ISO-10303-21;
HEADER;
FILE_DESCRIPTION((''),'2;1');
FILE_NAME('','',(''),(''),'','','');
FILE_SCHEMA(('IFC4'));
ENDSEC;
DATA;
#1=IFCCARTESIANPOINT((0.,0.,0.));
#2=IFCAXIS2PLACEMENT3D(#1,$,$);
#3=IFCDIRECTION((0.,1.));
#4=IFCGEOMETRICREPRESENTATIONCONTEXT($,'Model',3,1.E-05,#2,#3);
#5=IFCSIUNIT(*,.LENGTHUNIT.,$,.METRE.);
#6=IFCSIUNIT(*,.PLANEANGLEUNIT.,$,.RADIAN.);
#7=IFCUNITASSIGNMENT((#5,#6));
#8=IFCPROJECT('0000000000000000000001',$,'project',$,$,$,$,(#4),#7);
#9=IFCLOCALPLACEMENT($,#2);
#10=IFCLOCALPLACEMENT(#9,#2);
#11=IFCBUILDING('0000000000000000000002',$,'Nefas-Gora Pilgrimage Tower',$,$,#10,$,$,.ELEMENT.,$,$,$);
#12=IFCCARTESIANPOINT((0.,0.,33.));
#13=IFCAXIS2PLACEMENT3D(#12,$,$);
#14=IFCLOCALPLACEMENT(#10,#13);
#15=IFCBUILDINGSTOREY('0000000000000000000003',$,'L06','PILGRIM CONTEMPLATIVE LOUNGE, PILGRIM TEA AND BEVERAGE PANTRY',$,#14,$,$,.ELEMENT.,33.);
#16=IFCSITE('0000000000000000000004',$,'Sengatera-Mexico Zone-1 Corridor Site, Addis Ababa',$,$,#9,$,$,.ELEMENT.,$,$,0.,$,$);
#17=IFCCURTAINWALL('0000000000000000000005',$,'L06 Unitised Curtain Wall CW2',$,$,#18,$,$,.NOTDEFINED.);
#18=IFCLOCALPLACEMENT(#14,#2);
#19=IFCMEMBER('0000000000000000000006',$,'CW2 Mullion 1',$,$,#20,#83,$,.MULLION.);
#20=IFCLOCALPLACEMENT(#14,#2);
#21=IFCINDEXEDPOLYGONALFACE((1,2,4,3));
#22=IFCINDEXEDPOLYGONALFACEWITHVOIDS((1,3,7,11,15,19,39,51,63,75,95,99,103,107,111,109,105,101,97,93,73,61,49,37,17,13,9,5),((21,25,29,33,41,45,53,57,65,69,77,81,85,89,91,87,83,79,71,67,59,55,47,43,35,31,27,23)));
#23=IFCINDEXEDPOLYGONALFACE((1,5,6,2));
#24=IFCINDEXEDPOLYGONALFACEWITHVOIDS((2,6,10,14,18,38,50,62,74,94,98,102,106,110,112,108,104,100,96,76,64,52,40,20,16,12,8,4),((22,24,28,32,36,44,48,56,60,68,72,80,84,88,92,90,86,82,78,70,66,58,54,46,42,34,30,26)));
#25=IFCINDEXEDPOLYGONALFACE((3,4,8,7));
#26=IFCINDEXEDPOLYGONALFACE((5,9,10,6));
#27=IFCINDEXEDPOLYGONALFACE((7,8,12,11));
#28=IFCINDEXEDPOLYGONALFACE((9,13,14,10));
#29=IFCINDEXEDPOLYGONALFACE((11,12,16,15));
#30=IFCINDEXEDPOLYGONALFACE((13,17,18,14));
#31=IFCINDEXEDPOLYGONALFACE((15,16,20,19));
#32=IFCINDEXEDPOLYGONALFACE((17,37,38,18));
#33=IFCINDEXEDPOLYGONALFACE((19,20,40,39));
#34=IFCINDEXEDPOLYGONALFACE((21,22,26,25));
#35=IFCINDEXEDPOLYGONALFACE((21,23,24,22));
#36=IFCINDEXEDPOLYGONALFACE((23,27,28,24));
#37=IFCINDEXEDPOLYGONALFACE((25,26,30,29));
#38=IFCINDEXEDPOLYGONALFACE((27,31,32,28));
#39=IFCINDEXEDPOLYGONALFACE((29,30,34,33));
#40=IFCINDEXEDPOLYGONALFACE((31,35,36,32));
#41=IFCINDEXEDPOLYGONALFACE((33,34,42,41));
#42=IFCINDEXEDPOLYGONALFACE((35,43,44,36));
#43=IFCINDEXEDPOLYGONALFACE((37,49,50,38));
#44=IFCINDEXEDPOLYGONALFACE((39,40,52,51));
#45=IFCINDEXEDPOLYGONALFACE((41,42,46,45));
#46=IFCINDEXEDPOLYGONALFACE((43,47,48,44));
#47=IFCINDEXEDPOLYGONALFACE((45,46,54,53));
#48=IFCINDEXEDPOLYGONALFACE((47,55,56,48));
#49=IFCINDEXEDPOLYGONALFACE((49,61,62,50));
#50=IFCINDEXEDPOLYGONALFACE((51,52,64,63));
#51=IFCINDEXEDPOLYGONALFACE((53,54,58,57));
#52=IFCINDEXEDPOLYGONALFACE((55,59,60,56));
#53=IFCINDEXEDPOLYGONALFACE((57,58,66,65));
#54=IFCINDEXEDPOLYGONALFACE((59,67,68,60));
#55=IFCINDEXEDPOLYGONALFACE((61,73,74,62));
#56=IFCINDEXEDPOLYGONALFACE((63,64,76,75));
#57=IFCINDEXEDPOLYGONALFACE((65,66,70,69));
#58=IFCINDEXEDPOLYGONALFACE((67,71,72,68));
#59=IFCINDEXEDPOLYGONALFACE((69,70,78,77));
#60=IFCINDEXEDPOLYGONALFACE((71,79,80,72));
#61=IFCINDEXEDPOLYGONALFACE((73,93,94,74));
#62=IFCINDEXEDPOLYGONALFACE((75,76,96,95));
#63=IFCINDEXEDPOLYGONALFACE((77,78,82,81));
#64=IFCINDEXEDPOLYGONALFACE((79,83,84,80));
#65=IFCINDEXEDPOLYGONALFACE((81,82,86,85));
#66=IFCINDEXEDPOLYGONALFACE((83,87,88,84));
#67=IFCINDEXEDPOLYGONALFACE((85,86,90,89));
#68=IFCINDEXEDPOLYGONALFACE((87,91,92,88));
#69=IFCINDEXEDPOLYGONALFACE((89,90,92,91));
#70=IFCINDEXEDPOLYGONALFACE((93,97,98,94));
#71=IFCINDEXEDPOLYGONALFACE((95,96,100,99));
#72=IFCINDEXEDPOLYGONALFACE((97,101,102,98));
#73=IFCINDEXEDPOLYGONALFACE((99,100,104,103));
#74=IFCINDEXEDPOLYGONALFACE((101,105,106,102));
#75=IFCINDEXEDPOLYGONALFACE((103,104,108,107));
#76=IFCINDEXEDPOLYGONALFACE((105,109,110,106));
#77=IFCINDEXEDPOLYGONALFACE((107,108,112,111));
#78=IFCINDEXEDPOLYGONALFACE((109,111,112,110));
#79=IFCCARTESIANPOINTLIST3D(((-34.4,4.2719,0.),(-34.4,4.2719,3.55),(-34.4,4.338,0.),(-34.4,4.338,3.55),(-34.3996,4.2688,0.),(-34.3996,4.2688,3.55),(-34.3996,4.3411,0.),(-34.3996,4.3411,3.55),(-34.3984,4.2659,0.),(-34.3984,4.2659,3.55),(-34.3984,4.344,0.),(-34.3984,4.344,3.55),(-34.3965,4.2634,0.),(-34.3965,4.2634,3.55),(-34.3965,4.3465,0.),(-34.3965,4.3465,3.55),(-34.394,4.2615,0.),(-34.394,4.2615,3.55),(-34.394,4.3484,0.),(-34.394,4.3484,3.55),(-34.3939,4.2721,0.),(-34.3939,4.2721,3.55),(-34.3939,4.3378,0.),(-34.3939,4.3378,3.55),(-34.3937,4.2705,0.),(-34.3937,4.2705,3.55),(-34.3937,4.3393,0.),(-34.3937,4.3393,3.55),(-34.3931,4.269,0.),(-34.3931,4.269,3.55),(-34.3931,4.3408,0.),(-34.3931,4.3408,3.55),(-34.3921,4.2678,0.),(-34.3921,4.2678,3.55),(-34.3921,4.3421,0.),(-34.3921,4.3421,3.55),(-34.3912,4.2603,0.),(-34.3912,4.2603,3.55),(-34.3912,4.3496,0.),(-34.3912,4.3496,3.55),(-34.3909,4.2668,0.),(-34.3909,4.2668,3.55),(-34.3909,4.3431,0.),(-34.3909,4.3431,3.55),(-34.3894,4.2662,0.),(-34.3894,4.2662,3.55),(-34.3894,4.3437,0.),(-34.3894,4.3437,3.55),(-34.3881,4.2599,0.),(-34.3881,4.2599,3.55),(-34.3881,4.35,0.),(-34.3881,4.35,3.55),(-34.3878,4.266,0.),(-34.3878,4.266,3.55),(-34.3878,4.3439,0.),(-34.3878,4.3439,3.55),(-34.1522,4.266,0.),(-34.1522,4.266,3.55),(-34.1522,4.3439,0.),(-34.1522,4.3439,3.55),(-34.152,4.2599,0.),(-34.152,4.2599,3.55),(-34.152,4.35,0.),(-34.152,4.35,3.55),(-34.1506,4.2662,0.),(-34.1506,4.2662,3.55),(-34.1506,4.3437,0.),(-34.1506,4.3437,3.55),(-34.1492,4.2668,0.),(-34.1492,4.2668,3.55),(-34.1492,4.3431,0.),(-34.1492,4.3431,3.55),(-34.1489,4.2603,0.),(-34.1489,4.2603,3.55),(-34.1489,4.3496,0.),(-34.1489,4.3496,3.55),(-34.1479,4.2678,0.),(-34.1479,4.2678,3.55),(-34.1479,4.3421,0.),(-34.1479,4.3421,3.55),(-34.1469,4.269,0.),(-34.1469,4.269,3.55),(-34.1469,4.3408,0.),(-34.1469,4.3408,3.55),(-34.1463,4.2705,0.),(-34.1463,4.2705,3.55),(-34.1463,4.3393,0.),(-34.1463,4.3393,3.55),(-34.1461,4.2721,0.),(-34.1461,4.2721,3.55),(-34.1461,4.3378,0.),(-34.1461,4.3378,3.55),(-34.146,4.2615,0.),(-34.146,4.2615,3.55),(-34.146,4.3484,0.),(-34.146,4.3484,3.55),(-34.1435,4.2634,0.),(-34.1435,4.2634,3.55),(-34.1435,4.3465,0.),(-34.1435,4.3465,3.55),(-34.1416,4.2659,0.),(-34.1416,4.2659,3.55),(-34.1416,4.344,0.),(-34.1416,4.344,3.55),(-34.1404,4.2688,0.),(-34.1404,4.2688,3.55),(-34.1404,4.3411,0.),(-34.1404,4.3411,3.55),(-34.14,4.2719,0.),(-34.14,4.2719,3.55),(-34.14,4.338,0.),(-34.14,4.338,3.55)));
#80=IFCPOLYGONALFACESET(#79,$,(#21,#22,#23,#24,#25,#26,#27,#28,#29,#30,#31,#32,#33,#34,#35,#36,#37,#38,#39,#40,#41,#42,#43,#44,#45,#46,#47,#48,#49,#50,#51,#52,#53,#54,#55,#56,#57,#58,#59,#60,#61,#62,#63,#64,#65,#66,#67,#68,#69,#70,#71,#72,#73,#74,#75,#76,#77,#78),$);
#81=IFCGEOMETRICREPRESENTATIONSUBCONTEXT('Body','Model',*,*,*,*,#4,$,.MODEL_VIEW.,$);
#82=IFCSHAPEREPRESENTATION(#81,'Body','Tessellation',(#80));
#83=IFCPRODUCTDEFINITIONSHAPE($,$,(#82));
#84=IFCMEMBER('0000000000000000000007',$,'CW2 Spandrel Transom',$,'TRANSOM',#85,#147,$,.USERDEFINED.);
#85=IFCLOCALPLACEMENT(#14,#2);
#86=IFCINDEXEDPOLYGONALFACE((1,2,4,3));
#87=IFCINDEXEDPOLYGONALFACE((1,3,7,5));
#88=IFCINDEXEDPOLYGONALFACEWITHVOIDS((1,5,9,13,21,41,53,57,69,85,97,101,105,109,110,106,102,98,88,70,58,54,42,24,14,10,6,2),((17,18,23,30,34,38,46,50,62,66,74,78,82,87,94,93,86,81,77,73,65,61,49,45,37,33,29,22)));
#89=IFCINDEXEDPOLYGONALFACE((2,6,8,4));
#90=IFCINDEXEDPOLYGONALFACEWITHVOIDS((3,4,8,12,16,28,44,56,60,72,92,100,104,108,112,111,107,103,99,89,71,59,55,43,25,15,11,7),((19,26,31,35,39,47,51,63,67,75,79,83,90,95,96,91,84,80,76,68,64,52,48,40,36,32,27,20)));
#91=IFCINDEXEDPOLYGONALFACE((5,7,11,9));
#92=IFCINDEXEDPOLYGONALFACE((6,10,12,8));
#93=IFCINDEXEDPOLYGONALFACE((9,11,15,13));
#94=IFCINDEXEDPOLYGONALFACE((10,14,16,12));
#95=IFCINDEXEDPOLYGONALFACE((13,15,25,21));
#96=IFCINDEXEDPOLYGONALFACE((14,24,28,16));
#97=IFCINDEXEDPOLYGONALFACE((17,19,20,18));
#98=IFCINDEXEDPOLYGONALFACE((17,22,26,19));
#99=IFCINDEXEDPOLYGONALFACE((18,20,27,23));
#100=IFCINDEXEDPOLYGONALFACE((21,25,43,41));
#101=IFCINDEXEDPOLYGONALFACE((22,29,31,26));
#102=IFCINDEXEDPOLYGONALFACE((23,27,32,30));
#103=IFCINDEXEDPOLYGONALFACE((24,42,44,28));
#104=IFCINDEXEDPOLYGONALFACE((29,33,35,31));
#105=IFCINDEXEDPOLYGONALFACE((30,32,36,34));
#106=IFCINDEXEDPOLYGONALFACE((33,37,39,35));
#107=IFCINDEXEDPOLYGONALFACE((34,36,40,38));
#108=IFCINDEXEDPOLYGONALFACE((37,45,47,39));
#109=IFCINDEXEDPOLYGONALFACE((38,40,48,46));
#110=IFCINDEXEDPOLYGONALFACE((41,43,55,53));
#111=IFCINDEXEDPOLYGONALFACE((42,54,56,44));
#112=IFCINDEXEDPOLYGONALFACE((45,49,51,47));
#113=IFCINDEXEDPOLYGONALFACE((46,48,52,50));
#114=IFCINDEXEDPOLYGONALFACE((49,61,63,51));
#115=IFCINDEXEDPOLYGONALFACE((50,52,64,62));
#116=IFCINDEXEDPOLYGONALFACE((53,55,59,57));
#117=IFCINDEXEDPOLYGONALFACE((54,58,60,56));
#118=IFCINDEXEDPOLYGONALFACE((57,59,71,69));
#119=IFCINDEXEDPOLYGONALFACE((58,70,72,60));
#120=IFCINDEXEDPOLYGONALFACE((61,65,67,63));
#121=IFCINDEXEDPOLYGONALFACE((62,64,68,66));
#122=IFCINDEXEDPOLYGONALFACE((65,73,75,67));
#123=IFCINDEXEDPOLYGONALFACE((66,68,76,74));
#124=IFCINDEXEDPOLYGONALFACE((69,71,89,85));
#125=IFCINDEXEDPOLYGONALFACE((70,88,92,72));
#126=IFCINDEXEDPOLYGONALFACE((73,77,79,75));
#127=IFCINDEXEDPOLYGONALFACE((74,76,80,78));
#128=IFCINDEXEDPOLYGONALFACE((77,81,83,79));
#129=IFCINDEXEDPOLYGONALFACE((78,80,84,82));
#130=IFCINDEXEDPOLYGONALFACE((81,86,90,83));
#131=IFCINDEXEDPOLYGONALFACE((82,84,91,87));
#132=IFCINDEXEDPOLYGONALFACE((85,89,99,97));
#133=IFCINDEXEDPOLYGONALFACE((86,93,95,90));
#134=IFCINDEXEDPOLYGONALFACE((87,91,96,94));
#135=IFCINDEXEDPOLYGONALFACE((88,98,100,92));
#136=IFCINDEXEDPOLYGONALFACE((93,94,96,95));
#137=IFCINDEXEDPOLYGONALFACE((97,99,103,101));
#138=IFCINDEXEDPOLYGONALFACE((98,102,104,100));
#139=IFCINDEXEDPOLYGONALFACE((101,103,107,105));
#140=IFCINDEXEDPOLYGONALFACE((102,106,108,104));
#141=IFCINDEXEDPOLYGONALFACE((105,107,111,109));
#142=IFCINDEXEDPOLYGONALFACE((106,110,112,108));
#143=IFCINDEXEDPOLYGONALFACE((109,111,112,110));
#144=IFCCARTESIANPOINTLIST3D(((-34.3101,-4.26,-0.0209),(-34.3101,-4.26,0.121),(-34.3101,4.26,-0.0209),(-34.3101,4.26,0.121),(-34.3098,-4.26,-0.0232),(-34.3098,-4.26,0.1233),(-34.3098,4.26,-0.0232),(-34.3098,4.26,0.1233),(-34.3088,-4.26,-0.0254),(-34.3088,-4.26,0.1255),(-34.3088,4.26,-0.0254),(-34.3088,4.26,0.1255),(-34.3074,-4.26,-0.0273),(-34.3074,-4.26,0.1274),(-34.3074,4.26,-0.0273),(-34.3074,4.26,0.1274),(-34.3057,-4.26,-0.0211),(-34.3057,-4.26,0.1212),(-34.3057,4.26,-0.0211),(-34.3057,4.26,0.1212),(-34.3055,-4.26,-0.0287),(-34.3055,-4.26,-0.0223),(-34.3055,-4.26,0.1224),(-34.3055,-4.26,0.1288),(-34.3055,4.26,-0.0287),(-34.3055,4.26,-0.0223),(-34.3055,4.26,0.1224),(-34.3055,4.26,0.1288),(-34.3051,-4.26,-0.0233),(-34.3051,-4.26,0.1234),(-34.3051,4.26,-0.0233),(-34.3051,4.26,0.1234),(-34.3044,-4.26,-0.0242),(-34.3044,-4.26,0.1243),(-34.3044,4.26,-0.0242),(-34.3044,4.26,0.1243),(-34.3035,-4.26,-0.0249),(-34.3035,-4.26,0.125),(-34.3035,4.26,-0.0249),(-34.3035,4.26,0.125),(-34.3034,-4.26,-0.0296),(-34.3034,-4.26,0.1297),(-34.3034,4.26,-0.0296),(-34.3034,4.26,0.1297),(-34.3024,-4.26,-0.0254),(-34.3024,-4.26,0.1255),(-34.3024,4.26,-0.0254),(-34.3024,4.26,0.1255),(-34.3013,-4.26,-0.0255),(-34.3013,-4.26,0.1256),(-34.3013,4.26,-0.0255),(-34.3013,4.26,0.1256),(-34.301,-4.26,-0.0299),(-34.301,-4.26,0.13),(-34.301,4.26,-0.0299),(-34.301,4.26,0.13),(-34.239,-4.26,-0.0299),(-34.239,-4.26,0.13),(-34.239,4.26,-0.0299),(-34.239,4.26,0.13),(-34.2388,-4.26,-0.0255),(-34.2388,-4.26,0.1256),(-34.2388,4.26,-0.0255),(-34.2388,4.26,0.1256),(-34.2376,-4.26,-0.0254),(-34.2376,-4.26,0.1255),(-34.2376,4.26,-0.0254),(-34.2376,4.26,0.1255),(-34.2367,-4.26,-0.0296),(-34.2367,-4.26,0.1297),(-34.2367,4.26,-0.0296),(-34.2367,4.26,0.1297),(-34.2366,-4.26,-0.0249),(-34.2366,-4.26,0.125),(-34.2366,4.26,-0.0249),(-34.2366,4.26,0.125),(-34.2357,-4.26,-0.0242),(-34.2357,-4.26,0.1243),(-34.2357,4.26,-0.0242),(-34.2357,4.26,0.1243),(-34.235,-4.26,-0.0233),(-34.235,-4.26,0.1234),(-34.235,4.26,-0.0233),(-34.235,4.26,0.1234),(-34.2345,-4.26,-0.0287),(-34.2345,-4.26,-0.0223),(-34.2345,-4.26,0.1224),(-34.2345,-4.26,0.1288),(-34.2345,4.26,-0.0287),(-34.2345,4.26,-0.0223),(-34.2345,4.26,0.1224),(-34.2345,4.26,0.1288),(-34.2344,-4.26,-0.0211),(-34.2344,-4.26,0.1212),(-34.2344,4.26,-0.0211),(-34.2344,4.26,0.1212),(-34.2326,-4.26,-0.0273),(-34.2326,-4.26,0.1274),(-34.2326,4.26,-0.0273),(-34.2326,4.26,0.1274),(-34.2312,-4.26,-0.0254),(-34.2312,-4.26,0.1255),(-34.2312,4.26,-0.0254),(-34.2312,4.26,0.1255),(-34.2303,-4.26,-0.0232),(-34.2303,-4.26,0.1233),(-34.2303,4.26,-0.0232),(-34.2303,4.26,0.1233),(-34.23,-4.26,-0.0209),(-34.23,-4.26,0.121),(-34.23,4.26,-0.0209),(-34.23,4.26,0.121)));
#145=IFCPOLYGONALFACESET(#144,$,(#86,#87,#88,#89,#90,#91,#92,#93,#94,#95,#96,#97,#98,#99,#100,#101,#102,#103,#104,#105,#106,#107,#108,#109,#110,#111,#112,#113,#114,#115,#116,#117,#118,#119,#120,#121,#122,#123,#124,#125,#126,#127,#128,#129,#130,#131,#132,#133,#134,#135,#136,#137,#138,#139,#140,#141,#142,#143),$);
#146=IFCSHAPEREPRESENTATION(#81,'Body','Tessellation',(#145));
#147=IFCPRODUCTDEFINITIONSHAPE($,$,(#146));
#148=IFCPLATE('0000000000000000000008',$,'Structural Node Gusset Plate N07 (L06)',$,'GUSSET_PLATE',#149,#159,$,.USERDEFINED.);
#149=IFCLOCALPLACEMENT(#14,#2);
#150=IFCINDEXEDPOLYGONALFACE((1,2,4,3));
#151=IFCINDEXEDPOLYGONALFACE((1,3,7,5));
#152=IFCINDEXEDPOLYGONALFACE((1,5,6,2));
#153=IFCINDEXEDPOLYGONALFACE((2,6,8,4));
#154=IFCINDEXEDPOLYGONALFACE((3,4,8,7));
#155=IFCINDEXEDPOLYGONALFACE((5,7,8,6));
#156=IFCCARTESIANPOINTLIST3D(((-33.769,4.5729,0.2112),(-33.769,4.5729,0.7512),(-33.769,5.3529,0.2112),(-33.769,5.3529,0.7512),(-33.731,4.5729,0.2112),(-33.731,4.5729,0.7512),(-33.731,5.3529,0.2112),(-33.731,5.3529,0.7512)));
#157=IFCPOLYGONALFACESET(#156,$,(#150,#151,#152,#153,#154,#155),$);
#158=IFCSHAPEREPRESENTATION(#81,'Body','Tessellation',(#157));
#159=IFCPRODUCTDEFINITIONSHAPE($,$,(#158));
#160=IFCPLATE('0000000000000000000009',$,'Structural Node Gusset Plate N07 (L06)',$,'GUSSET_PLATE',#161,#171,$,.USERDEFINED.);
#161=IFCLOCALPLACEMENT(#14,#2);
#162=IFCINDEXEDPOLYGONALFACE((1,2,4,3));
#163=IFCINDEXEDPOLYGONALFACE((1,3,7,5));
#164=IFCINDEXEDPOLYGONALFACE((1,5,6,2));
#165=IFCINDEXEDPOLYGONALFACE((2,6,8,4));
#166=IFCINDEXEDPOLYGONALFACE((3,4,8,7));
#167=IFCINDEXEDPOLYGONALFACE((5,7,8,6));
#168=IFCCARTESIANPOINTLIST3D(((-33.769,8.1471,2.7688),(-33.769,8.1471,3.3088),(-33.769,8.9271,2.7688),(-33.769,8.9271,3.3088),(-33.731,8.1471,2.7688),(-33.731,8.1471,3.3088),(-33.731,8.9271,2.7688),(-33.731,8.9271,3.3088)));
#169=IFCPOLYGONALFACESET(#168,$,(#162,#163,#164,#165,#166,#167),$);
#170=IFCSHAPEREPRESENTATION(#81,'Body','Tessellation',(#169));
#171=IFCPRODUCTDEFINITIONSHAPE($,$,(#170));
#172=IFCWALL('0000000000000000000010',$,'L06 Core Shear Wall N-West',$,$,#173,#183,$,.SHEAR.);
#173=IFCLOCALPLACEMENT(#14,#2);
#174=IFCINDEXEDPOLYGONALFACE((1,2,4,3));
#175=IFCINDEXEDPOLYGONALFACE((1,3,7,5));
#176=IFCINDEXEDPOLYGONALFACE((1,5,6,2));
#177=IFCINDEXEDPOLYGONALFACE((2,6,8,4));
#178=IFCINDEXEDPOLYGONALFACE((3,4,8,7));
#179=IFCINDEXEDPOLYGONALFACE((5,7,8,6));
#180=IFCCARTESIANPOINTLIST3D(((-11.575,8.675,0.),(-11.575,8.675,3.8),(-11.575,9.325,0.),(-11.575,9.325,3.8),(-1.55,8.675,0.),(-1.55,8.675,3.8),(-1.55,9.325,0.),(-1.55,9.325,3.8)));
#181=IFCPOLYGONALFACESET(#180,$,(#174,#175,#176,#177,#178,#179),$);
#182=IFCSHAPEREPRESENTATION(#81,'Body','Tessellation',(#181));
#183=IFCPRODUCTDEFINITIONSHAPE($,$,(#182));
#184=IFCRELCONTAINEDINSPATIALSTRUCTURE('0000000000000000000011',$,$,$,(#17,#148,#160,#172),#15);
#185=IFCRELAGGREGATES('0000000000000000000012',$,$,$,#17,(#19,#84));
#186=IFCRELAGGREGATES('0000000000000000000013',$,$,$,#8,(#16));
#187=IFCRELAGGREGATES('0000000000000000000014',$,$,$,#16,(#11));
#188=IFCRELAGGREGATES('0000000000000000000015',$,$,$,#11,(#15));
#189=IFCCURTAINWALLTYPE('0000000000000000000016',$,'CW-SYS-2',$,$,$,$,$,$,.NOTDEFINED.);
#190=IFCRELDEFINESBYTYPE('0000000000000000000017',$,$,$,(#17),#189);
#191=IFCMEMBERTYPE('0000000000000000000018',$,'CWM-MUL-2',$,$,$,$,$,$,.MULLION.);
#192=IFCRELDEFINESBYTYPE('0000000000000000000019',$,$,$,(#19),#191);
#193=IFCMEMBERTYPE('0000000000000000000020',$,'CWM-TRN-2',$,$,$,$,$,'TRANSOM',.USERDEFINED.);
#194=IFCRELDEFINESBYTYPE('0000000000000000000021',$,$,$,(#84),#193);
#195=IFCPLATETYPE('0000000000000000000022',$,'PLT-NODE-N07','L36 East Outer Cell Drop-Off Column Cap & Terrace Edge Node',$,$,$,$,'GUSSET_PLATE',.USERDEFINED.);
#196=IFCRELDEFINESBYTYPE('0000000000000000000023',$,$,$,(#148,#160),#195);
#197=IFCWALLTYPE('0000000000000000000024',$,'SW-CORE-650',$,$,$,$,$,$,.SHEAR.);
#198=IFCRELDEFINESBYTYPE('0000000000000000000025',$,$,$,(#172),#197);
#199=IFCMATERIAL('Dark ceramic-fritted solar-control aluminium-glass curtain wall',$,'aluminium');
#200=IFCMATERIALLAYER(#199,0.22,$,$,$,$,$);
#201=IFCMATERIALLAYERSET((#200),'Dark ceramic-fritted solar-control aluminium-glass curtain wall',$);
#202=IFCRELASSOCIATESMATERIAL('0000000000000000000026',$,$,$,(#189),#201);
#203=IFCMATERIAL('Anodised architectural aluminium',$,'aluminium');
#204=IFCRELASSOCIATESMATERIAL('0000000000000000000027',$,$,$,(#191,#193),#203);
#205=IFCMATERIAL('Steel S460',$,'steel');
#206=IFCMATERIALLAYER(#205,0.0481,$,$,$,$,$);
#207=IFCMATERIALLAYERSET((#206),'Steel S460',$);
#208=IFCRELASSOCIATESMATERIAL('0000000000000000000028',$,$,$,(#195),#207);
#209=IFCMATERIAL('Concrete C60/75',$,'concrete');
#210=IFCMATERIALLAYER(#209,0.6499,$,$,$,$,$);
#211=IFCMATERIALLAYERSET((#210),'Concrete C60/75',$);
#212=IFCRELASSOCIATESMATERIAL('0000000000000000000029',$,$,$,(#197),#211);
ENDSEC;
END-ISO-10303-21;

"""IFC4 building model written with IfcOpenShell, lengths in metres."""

from ifc_helpers import new_model, si_unit, direction, frame, frame_2d, origin, origin_2d, place, context, subcontext, project, spatial, rectangle, hollow_rectangle, extrude, source, transform, mapped, material, layer, layer_set, material_profile, profile_set, type_object, element, aggregate, save


model = new_model("IFC4")

# Units and contexts
model_context = context("Model", 3, precision=1e-05, world=origin(), true_north=direction((0.0, 1.0)))
body_context = subcontext(model_context, "Body", "Model", "MODEL_VIEW")
ifc_project = project(units=[si_unit("LENGTHUNIT", "METRE"), si_unit("PLANEANGLEUNIT", "RADIAN")], contexts=[model_context])

# Site, building, storey
site_placement = place(None, origin())
site = spatial("IfcSite", under=ifc_project, at=site_placement, Name="Sengatera-Mexico Zone-1 Corridor Site, Addis Ababa", CompositionType="ELEMENT", RefElevation=0.0)
building_placement = place(site_placement, origin())
building = spatial("IfcBuilding", under=site, at=building_placement, Name="Nefas-Gora Pilgrimage Tower", CompositionType="ELEMENT")
storey_placement = place(building_placement, frame((0.0, 0.0, 33.0)))
storey = spatial("IfcBuildingStorey", under=building, at=storey_placement, Name="L06", Description="PILGRIM CONTEMPLATIVE LOUNGE, PILGRIM TEA AND BEVERAGE PANTRY", CompositionType="ELEMENT", Elevation=33.0)

# Shared definitions
ifc_material_1 = material(Name="Steel S460", Category="steel")

# Curtain wall, members
ifc_material_2 = material(Name="Dark ceramic-fritted solar-control aluminium-glass curtain wall", Category="aluminium")
ifc_layer_1 = layer(ifc_material_2, 0.22)
ifc_layer_set_1 = layer_set([ifc_layer_1], Name="Dark ceramic-fritted solar-control aluminium-glass curtain wall")
curtain_wall_type = type_object("IfcCurtainWallType", Name="CW-SYS-2", PredefinedType="NOTDEFINED", material=ifc_layer_set_1)
curtain_wall_placement = place(storey_placement, origin())
curtain_wall = element("IfcCurtainWall", 1, at=curtain_wall_placement, inside=storey, type_object=curtain_wall_type, Name="L06 Unitised Curtain Wall CW2", PredefinedType="NOTDEFINED")
ifc_material_3 = material(Name="Anodised architectural aluminium", Category="aluminium")
ifc_material_profile_1 = material_profile(ifc_material_3, hollow_rectangle(XDim=0.0901, YDim=0.26, WallThickness=0.0061, InnerFilletRadius=0.0061, OuterFilletRadius=0.012, at=origin_2d()), Name="ALU MULLION 90x260")
ifc_profile_set_1 = profile_set([ifc_material_profile_1], Name="Anodised architectural aluminium")
member_type_1 = type_object("IfcMemberType", Name="CWM-MUL-2", PredefinedType="MULLION", material=ifc_profile_set_1)
shared_shape_1 = source(origin(), body_context, "Body", "SweptSolid", [
    extrude(hollow_rectangle(XDim=0.0901, YDim=0.26, WallThickness=0.0061, InnerFilletRadius=0.0061, OuterFilletRadius=0.012, at=origin_2d()), origin(), (0.0, 0.0, 1.0), 3.55),
])
member_1_placement = place(storey_placement, frame((-34.27, 4.3049, 0.0), z_axis=(0.0, 0.0, 1.0), x_axis=(0.0, -1.0, 0.0)))
member_1 = element("IfcMember", 2, at=member_1_placement, type_object=member_type_1, Name="CW2 Mullion 1", PredefinedType="MULLION", context=body_context, shape_type="MappedRepresentation", body=[
    mapped(shared_shape_1, transform((0.0, 0.0, 0.0), x_axis=(1.0, 0.0, 0.0), y_axis=(0.0, 1.0, 0.0), z_axis=(0.0, 0.0, 1.0), scale=1.0)),
])
ifc_material_profile_2 = material_profile(ifc_material_3, hollow_rectangle(XDim=0.0801, YDim=0.1599, WallThickness=0.0044, InnerFilletRadius=0.0044, OuterFilletRadius=0.009, at=origin_2d()), Name="ALU TRANSOM 80x160")
ifc_profile_set_2 = profile_set([ifc_material_profile_2], Name="Anodised architectural aluminium")
member_type_2 = type_object("IfcMemberType", Name="CWM-TRN-2", ElementType="TRANSOM", PredefinedType="USERDEFINED", material=ifc_profile_set_2)
shared_shape_2 = source(origin(), body_context, "Body", "SweptSolid", [
    extrude(hollow_rectangle(XDim=0.0801, YDim=0.1599, WallThickness=0.0044, InnerFilletRadius=0.0044, OuterFilletRadius=0.009, at=origin_2d()), origin(), (0.0, 0.0, 1.0), 8.52),
])
member_2_placement = place(storey_placement, frame((-34.27, 4.26, 0.05), z_axis=(0.0, -1.0, 0.0), x_axis=(1.0, 0.0, 0.0)))
member_2 = element("IfcMember", 3, at=member_2_placement, type_object=member_type_2, Name="CW2 Spandrel Transom", ObjectType="TRANSOM", PredefinedType="USERDEFINED", context=body_context, shape_type="MappedRepresentation", body=[
    mapped(shared_shape_2, transform((0.0, 0.0, 0.0), x_axis=(1.0, 0.0, 0.0), y_axis=(0.0, 1.0, 0.0), z_axis=(0.0, 0.0, 1.0), scale=1.0)),
])
aggregate(curtain_wall, [member_1, member_2])

# Plates
ifc_layer_2 = layer(ifc_material_1, 0.0481)
ifc_layer_set_2 = layer_set([ifc_layer_2], Name="Steel S460")
plate_type = type_object("IfcPlateType", Name="PLT-NODE-N07", Description="L36 East Outer Cell Drop-Off Column Cap & Terrace Edge Node", ElementType="GUSSET_PLATE", PredefinedType="USERDEFINED", material=ifc_layer_set_2)
shared_shape_3 = source(origin(), body_context, "Body", "SweptSolid", [
    extrude(rectangle(XDim=0.78, YDim=0.0381, at=origin_2d()), origin(), (0.0, 0.0, 1.0), 0.54),
])
for number, where, z_axis, x_axis, name in (
    (4, (-33.75, 4.9629, 0.2112), (0.0, 0.0, 1.0), (0.0, 1.0, 0.0), "Structural Node Gusset Plate N07 (L06)"),
    (5, (-33.75, 8.5371, 2.7688), (0.0, 0.0, 1.0), (0.0, 1.0, 0.0), "Structural Node Gusset Plate N07 (L06)"),
):
    element("IfcPlate", number, at=place(storey_placement, frame(where, z_axis=z_axis, x_axis=x_axis)), inside=storey, type_object=plate_type, Name=name, ObjectType="GUSSET_PLATE", PredefinedType="USERDEFINED", context=body_context, shape_type="MappedRepresentation", body=[
        mapped(shared_shape_3, transform((0.0, 0.0, 0.0), x_axis=(1.0, 0.0, 0.0), y_axis=(0.0, 1.0, 0.0), z_axis=(0.0, 0.0, 1.0), scale=1.0)),
    ])

# Wall
ifc_material_4 = material(Name="Concrete C60/75", Category="concrete")
ifc_layer_3 = layer(ifc_material_4, 0.6499)
ifc_layer_set_3 = layer_set([ifc_layer_3], Name="Concrete C60/75")
wall_type_1 = type_object("IfcWallType", Name="SW-CORE-650", PredefinedType="SHEAR", material=ifc_layer_set_3)
shared_shape_4 = source(origin(), body_context, "Body", "SweptSolid", [
    extrude(rectangle(XDim=10.0249, YDim=0.6499, at=frame_2d((5.0125, 0.0))), origin(), (0.0, 0.0, 1.0), 3.8),
])
wall_1_placement = place(storey_placement, frame((-11.575, 9.0, 0.0), z_axis=(0.0, 0.0, 1.0), x_axis=(1.0, 0.0, 0.0)))
element("IfcWall", 6, at=wall_1_placement, inside=storey, type_object=wall_type_1, Name="L06 Core Shear Wall N-West", PredefinedType="SHEAR", context=body_context, shape_type="MappedRepresentation", body=[
    mapped(shared_shape_4, transform((0.0, 0.0, 0.0), x_axis=(1.0, 0.0, 0.0), y_axis=(0.0, 1.0, 0.0), z_axis=(0.0, 0.0, 1.0), scale=1.0)),
])

save(model, "model.ifc")
